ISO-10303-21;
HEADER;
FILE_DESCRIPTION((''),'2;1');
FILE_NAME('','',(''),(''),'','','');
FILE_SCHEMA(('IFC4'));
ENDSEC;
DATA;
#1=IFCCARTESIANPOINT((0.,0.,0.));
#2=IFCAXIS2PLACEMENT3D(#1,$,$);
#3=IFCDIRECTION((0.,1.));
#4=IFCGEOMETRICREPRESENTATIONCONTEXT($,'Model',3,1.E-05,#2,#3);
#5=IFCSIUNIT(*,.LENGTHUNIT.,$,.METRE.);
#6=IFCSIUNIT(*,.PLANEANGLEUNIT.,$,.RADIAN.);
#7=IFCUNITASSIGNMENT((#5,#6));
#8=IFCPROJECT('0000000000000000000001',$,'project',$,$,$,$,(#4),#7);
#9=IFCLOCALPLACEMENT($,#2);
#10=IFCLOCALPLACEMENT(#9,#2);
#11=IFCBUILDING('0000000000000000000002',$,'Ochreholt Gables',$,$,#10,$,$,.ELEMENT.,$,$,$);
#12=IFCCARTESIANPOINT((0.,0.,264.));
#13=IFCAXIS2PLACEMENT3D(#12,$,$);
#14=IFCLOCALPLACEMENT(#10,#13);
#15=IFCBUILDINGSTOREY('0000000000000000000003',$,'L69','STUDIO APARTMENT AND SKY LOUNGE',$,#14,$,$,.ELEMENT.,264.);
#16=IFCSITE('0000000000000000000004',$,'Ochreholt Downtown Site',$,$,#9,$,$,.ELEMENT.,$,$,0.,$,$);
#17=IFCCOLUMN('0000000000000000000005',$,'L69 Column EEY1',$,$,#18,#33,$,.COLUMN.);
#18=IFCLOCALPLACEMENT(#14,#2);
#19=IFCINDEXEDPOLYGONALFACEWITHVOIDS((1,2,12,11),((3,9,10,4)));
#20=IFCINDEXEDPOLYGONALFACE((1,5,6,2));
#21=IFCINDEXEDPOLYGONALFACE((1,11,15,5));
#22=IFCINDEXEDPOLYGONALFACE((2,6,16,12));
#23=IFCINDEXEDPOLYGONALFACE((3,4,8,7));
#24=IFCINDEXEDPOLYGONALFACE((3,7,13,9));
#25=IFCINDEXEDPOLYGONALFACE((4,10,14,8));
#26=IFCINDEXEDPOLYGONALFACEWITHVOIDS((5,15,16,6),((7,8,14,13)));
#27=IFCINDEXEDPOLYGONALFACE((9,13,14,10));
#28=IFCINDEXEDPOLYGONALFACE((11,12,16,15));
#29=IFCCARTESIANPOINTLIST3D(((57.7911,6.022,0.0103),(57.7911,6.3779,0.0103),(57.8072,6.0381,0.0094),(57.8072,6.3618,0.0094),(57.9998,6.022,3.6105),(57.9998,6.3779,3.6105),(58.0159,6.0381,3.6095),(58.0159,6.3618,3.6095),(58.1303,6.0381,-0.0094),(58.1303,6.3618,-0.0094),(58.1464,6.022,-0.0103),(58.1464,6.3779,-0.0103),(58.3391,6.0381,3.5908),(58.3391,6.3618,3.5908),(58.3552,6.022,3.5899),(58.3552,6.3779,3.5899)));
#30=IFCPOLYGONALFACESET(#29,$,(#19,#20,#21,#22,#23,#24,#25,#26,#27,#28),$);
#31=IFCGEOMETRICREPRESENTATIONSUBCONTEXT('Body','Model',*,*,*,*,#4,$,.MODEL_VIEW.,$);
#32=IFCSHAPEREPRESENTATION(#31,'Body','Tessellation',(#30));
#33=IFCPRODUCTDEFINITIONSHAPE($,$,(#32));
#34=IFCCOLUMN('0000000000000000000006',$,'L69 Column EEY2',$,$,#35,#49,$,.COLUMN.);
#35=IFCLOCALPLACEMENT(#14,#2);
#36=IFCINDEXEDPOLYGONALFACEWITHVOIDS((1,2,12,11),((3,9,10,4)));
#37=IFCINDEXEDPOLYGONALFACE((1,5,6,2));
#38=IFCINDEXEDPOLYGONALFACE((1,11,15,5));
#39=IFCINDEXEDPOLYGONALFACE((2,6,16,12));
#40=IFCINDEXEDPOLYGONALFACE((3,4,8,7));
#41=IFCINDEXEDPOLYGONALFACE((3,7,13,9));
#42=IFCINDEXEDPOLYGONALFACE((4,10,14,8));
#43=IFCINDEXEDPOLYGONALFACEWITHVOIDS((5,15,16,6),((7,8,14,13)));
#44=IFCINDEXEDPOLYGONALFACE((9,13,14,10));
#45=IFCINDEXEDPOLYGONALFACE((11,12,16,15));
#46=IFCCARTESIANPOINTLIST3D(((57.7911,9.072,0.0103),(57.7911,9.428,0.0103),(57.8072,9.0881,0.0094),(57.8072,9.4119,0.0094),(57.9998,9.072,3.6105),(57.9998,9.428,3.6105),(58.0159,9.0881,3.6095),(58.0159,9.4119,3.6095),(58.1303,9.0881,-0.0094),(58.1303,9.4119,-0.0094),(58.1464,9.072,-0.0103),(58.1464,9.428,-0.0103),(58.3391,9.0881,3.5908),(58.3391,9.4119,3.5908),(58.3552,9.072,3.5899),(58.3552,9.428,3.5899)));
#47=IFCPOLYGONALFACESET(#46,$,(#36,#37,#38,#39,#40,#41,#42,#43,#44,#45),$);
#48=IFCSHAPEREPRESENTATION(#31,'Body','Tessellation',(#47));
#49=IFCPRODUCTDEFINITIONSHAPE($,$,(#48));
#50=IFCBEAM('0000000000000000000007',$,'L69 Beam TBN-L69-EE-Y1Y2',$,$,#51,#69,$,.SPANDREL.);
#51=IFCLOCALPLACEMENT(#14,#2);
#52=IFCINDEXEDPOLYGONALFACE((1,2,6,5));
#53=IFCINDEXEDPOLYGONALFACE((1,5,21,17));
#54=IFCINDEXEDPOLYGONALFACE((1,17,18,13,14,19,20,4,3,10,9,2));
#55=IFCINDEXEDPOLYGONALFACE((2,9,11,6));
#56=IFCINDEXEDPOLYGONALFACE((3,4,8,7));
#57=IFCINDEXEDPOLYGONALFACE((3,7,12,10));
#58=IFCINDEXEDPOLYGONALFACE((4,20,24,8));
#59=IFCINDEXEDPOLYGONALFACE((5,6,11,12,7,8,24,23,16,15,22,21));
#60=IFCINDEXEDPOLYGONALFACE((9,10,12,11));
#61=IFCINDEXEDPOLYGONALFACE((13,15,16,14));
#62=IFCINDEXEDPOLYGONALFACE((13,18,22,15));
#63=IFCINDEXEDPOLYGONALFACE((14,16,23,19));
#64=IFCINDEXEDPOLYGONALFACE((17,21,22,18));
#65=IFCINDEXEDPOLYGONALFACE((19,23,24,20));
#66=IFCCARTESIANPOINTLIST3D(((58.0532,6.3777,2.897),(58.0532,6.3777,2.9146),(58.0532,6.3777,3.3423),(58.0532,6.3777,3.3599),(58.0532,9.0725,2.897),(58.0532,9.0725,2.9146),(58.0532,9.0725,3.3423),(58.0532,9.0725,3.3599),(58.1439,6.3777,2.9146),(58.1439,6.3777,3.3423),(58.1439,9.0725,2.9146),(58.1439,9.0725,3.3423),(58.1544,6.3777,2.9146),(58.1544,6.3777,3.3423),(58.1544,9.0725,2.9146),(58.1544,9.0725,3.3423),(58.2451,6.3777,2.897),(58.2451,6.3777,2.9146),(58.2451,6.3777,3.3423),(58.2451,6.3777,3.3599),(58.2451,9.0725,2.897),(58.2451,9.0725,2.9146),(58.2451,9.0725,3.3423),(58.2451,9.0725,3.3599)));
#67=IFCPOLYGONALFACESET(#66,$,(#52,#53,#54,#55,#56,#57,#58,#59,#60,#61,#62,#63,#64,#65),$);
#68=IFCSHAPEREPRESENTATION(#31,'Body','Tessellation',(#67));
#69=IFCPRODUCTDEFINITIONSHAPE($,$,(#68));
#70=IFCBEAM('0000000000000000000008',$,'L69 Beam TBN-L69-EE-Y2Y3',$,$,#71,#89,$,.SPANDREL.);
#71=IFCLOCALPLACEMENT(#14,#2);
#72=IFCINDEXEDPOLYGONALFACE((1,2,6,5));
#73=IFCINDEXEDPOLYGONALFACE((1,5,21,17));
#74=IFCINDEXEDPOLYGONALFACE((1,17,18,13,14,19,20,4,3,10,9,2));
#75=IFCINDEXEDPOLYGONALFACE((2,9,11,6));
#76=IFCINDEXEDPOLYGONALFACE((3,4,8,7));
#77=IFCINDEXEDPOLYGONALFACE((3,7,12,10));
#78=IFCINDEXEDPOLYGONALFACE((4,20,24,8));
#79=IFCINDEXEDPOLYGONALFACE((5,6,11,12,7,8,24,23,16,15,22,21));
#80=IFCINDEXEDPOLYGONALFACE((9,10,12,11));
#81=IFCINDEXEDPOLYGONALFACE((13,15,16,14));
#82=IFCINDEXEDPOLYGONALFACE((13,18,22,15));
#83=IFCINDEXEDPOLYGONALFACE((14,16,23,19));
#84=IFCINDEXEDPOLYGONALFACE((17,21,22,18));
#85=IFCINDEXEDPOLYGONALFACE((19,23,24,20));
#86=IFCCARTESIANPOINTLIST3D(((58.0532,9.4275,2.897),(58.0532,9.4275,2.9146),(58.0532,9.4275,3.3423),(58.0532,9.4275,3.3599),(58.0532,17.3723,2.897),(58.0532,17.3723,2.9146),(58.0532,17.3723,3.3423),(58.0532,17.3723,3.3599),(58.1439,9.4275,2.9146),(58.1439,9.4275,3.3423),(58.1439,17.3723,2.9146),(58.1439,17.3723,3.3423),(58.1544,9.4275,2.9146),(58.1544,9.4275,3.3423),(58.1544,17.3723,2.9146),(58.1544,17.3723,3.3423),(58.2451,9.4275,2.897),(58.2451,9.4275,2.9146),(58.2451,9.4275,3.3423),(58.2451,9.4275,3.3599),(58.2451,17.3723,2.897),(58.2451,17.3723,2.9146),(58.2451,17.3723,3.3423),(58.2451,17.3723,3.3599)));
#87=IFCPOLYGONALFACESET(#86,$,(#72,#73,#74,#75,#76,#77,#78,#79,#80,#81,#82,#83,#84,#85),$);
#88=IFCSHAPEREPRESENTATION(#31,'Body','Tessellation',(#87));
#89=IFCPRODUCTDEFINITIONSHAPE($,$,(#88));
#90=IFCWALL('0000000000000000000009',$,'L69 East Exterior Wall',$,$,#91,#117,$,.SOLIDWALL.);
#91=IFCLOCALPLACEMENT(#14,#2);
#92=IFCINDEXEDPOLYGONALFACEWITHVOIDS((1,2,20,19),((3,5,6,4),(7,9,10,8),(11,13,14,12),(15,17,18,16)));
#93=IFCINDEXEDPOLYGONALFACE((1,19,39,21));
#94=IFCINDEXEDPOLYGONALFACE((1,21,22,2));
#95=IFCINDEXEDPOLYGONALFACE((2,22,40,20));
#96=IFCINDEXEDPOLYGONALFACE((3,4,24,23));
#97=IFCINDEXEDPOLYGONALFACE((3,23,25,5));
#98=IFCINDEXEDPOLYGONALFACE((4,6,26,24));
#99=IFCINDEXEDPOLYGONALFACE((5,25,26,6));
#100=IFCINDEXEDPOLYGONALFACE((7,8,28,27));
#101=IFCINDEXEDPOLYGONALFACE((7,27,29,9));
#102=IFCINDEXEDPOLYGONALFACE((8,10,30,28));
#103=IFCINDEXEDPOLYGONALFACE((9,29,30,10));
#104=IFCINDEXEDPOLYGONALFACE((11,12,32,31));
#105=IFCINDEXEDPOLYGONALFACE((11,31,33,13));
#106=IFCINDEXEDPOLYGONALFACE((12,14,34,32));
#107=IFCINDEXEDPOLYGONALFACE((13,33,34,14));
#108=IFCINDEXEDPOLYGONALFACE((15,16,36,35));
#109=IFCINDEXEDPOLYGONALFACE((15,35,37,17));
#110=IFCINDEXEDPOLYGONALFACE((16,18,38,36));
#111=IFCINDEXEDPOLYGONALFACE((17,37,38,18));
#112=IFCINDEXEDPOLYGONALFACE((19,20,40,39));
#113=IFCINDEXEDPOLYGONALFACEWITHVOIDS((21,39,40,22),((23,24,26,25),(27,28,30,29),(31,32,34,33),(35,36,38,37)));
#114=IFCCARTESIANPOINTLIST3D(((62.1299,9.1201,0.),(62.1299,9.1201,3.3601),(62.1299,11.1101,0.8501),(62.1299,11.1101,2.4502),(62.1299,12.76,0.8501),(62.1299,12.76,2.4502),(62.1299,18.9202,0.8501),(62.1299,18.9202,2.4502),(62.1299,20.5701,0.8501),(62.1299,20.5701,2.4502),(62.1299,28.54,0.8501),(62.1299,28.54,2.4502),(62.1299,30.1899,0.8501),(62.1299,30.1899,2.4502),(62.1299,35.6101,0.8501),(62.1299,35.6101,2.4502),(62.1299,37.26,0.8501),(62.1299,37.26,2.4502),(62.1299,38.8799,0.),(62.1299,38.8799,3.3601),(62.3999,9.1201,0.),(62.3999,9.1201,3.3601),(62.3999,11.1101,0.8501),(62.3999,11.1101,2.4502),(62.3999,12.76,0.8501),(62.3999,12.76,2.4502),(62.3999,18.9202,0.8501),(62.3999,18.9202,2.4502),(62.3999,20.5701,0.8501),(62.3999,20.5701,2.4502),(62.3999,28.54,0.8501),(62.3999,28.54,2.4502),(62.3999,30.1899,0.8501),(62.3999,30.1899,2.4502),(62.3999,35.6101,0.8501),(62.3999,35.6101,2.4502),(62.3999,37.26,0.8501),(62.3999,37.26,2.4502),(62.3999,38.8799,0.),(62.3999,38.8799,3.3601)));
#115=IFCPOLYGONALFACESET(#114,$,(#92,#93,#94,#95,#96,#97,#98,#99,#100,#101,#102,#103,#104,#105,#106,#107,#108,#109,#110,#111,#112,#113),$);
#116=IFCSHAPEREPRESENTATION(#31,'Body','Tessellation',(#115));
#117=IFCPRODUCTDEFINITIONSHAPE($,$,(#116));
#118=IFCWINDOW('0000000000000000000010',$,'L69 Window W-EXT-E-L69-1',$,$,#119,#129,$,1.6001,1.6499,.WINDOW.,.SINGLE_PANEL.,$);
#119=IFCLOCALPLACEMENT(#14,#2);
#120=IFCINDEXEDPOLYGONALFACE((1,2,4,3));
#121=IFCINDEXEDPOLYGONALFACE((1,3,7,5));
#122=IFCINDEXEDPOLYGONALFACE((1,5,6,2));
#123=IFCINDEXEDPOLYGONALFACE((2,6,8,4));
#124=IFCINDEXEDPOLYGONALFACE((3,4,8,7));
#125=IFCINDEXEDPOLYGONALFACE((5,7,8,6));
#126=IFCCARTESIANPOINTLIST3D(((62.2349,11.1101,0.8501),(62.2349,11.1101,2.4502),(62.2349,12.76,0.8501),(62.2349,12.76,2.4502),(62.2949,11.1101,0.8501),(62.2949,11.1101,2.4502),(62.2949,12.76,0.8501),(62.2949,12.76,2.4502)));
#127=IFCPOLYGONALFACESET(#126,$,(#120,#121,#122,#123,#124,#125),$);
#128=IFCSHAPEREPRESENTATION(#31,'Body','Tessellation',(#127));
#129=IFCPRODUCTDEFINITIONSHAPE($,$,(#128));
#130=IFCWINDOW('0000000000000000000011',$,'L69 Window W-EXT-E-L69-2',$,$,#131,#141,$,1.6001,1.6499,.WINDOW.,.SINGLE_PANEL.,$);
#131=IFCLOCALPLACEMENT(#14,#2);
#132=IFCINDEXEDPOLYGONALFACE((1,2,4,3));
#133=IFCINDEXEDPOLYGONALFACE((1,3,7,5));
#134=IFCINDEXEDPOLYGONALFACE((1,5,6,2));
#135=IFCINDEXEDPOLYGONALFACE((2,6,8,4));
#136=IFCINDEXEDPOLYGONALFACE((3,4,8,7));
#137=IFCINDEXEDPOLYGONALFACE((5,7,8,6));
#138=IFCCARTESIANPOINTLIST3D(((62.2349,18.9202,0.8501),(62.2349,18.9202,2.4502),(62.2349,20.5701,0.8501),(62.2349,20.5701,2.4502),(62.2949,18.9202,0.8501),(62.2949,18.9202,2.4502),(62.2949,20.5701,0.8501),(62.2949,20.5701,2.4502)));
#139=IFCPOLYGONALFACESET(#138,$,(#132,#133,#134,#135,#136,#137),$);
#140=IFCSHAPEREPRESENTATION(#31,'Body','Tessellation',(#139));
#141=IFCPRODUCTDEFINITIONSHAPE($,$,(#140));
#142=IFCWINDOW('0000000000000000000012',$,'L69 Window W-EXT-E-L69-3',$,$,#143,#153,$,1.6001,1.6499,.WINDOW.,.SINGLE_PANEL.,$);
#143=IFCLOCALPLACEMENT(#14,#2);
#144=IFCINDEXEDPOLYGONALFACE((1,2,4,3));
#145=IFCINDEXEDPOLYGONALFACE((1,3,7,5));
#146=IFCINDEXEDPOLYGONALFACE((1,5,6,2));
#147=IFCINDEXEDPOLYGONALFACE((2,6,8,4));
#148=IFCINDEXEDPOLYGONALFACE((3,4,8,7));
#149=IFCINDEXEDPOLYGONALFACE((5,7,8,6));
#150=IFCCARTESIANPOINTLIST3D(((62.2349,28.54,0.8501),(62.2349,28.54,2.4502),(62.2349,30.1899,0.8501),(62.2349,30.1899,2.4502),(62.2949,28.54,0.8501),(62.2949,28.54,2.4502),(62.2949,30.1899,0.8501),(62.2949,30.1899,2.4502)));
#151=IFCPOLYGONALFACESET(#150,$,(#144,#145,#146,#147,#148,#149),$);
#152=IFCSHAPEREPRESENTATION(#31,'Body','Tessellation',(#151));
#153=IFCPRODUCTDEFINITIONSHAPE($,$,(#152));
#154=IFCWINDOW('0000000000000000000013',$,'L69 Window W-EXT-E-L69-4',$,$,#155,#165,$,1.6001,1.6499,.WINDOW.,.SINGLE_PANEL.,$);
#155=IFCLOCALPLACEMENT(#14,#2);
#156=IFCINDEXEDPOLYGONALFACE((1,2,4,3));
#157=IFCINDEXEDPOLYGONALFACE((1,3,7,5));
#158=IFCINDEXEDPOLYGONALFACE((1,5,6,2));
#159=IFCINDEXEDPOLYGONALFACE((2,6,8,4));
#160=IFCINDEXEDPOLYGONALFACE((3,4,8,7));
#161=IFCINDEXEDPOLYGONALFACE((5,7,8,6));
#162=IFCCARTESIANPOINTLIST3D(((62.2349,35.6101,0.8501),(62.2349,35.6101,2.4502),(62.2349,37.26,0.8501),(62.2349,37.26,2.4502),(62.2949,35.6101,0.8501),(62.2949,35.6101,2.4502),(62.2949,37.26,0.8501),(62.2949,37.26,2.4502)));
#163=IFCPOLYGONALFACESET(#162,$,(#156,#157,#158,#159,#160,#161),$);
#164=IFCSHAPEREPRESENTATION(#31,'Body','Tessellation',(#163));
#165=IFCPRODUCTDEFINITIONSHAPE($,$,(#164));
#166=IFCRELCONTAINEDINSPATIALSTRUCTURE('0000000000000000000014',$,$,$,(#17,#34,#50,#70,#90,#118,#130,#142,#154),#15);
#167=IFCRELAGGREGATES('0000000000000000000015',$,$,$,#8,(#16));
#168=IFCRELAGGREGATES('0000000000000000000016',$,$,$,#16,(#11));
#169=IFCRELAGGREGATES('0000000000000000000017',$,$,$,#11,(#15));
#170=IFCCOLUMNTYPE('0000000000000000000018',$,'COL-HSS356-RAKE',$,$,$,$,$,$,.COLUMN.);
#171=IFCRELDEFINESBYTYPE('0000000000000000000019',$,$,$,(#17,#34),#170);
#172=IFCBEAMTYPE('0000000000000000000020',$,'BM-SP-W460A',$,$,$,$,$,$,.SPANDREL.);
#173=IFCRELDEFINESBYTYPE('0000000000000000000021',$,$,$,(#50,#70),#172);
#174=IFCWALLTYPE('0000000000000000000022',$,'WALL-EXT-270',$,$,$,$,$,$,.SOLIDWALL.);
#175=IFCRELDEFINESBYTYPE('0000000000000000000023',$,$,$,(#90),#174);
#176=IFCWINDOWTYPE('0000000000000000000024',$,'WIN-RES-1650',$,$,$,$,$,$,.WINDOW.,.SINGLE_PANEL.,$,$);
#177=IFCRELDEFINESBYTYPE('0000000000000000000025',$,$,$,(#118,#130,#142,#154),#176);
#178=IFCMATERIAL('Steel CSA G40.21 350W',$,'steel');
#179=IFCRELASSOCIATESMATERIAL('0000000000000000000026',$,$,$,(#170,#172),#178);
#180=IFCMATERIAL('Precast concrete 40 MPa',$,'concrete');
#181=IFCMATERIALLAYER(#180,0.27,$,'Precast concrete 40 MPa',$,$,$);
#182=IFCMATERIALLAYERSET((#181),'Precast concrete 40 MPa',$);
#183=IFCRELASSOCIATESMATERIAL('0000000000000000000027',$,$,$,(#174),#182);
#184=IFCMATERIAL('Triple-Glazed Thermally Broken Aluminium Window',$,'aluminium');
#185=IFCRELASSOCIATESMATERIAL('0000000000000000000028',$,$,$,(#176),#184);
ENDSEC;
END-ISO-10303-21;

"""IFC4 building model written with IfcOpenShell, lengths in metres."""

from ifc_helpers import new_model, si_unit, direction, frame, frame_2d, origin, origin_2d, place, context, subcontext, project, spatial, rectangle, hollow_rectangle, i_section, extrude, material, layer, layer_set, material_profile, profile_set, type_object, element, fill, save


model = new_model("IFC4")

# Units and contexts
model_context = context("Model", 3, precision=1e-05, world=origin(), true_north=direction((0.0, 1.0)))
body_context = subcontext(model_context, "Body", "Model", "MODEL_VIEW")
ifc_project = project(units=[si_unit("LENGTHUNIT", "METRE"), si_unit("PLANEANGLEUNIT", "RADIAN")], contexts=[model_context])

# Site, building, storey
site_placement = place(None, origin())
site = spatial("IfcSite", under=ifc_project, at=site_placement, Name="Ochreholt Downtown Site", CompositionType="ELEMENT", RefElevation=0.0)
building_placement = place(site_placement, origin())
building = spatial("IfcBuilding", under=site, at=building_placement, Name="Ochreholt Gables", CompositionType="ELEMENT")
storey_placement = place(building_placement, frame((0.0, 0.0, 264.0)))
storey = spatial("IfcBuildingStorey", under=building, at=storey_placement, Name="L69", Description="STUDIO APARTMENT AND SKY LOUNGE", CompositionType="ELEMENT", Elevation=264.0)

# Columns
ifc_material_1 = material(Name="Steel CSA G40.21 350W", Category="steel")
ifc_material_profile_1 = material_profile(ifc_material_1, hollow_rectangle(XDim=0.356, YDim=0.356, WallThickness=0.0161, at=origin_2d()), Name="HSS356X356X16")
ifc_profile_set_1 = profile_set([ifc_material_profile_1], Name="Steel CSA G40.21 350W")
column_type = type_object("IfcColumnType", Name="COL-HSS356-RAKE", PredefinedType="COLUMN", material=ifc_profile_set_1)
for number, where, z_axis, x_axis, name in (
    (1, (57.9688, 6.2, 0.0), (0.057885, 0.0, 0.998323), (0.0, 1.0, 0.0), "L69 Column EEY1"),
    (2, (57.9688, 9.25, 0.0), (0.057885, 0.0, 0.998323), (0.0, 1.0, 0.0), "L69 Column EEY2"),
):
    element("IfcColumn", number, at=place(storey_placement, frame(where, z_axis=z_axis, x_axis=x_axis)), inside=storey, type_object=column_type, Name=name, PredefinedType="COLUMN", context=body_context, shape_type="SweptSolid", body=[
        extrude(hollow_rectangle(XDim=0.356, YDim=0.356, WallThickness=0.0161, at=origin_2d()), origin(), (0.0, 0.0, 1.0), 3.6062),
    ])

# Beams
ifc_material_profile_2 = material_profile(ifc_material_1, i_section(OverallWidth=0.1919, OverallDepth=0.4629, WebThickness=0.0105, FlangeThickness=0.0176, at=origin_2d()), Name="W460X89")
ifc_profile_set_2 = profile_set([ifc_material_profile_2], Name="Steel CSA G40.21 350W")
beam_type = type_object("IfcBeamType", Name="BM-SP-W460A", PredefinedType="SPANDREL", material=ifc_profile_set_2)
beam_1_placement = place(storey_placement, frame((58.1492, 6.3777, 3.1284), z_axis=(0.0, 1.0, 0.0), x_axis=(-1.0, 0.0, 0.0)))
element("IfcBeam", 3, at=beam_1_placement, inside=storey, type_object=beam_type, Name="L69 Beam TBN-L69-EE-Y1Y2", PredefinedType="SPANDREL", context=body_context, shape_type="SweptSolid", body=[
    extrude(i_section(OverallWidth=0.1919, OverallDepth=0.4629, WebThickness=0.0105, FlangeThickness=0.0176, at=origin_2d()), origin(), (0.0, 0.0, 1.0), 2.6948),
])
beam_2_placement = place(storey_placement, frame((58.1492, 9.4275, 3.1284), z_axis=(0.0, 1.0, 0.0), x_axis=(-1.0, 0.0, 0.0)))
element("IfcBeam", 4, at=beam_2_placement, inside=storey, type_object=beam_type, Name="L69 Beam TBN-L69-EE-Y2Y3", PredefinedType="SPANDREL", context=body_context, shape_type="SweptSolid", body=[
    extrude(i_section(OverallWidth=0.1919, OverallDepth=0.4629, WebThickness=0.0105, FlangeThickness=0.0176, at=origin_2d()), origin(), (0.0, 0.0, 1.0), 7.9448),
])

# Wall, openings, windows
ifc_material_2 = material(Name="Precast concrete 40 MPa", Category="concrete")
ifc_layer_1 = layer(ifc_material_2, 0.27, Name="Precast concrete 40 MPa")
ifc_layer_set_1 = layer_set([ifc_layer_1], Name="Precast concrete 40 MPa")
wall_type_1 = type_object("IfcWallType", Name="WALL-EXT-270", PredefinedType="SOLIDWALL", material=ifc_layer_set_1)
wall_1_placement = place(storey_placement, frame((62.2649, 9.1201, 0.0), z_axis=(0.0, 0.0, 1.0), x_axis=(0.0, 1.0, 0.0)))
wall_1 = element("IfcWall", 5, at=wall_1_placement, inside=storey, type_object=wall_type_1, Name="L69 East Exterior Wall", PredefinedType="SOLIDWALL", context=body_context, shape_type="SweptSolid", body=[
    extrude(rectangle(XDim=29.7598, YDim=0.27, at=frame_2d((14.8799, 0.0))), origin(), (0.0, 0.0, 1.0), 3.3601),
])
opening_1_placement = place(wall_1_placement, frame((1.99, 0.0, 0.8501)))
opening_1 = element("IfcOpeningElement", 6, at=opening_1_placement, cuts=wall_1, PredefinedType="OPENING", context=body_context, shape_type="SweptSolid", body=[
    extrude(rectangle(XDim=1.6499, YDim=1.6001, at=frame_2d((0.825, 0.8))), frame((0.0, 0.145, 0.0), z_axis=(0.0, -1.0, 0.0), x_axis=(1.0, 0.0, 0.0)), (0.0, 0.0, 1.0), 0.29),
])
opening_2_placement = place(wall_1_placement, frame((9.8, 0.0, 0.8501)))
opening_2 = element("IfcOpeningElement", 7, at=opening_2_placement, cuts=wall_1, PredefinedType="OPENING", context=body_context, shape_type="SweptSolid", body=[
    extrude(rectangle(XDim=1.6499, YDim=1.6001, at=frame_2d((0.825, 0.8))), frame((0.0, 0.145, 0.0), z_axis=(0.0, -1.0, 0.0), x_axis=(1.0, 0.0, 0.0)), (0.0, 0.0, 1.0), 0.29),
])
opening_3_placement = place(wall_1_placement, frame((19.4199, 0.0, 0.8501)))
opening_3 = element("IfcOpeningElement", 8, at=opening_3_placement, cuts=wall_1, PredefinedType="OPENING", context=body_context, shape_type="SweptSolid", body=[
    extrude(rectangle(XDim=1.6499, YDim=1.6001, at=frame_2d((0.825, 0.8))), frame((0.0, 0.145, 0.0), z_axis=(0.0, -1.0, 0.0), x_axis=(1.0, 0.0, 0.0)), (0.0, 0.0, 1.0), 0.29),
])
opening_4_placement = place(wall_1_placement, frame((26.49, 0.0, 0.8501)))
opening_4 = element("IfcOpeningElement", 9, at=opening_4_placement, cuts=wall_1, PredefinedType="OPENING", context=body_context, shape_type="SweptSolid", body=[
    extrude(rectangle(XDim=1.6499, YDim=1.6001, at=frame_2d((0.825, 0.8))), frame((0.0, 0.145, 0.0), z_axis=(0.0, -1.0, 0.0), x_axis=(1.0, 0.0, 0.0)), (0.0, 0.0, 1.0), 0.29),
])
ifc_material_3 = material(Name="Triple-Glazed Thermally Broken Aluminium Window", Category="aluminium")
window_type_1 = type_object("IfcWindowType", Name="WIN-RES-1650", PartitioningType="SINGLE_PANEL", PredefinedType="WINDOW", material=ifc_material_3)
window_1_placement = place(opening_1_placement, origin())
window_1 = element("IfcWindow", 10, at=window_1_placement, inside=storey, type_object=window_type_1, Name="L69 Window W-EXT-E-L69-1", OverallHeight=1.6001, OverallWidth=1.6499, PartitioningType="SINGLE_PANEL", PredefinedType="WINDOW", context=body_context, shape_type="SweptSolid", body=[
    extrude(rectangle(XDim=1.6499, YDim=1.6001, at=frame_2d((0.825, 0.8))), frame((0.0, 0.03, 0.0), z_axis=(0.0, -1.0, 0.0), x_axis=(1.0, 0.0, 0.0)), (0.0, 0.0, 1.0), 0.0601),
])
fill(opening_1, window_1)
window_2_placement = place(opening_2_placement, origin())
window_2 = element("IfcWindow", 11, at=window_2_placement, inside=storey, type_object=window_type_1, Name="L69 Window W-EXT-E-L69-2", OverallHeight=1.6001, OverallWidth=1.6499, PartitioningType="SINGLE_PANEL", PredefinedType="WINDOW", context=body_context, shape_type="SweptSolid", body=[
    extrude(rectangle(XDim=1.6499, YDim=1.6001, at=frame_2d((0.825, 0.8))), frame((0.0, 0.03, 0.0), z_axis=(0.0, -1.0, 0.0), x_axis=(1.0, 0.0, 0.0)), (0.0, 0.0, 1.0), 0.0601),
])
fill(opening_2, window_2)
window_3_placement = place(opening_3_placement, origin())
window_3 = element("IfcWindow", 12, at=window_3_placement, inside=storey, type_object=window_type_1, Name="L69 Window W-EXT-E-L69-3", OverallHeight=1.6001, OverallWidth=1.6499, PartitioningType="SINGLE_PANEL", PredefinedType="WINDOW", context=body_context, shape_type="SweptSolid", body=[
    extrude(rectangle(XDim=1.6499, YDim=1.6001, at=frame_2d((0.825, 0.8))), frame((0.0, 0.03, 0.0), z_axis=(0.0, -1.0, 0.0), x_axis=(1.0, 0.0, 0.0)), (0.0, 0.0, 1.0), 0.0601),
])
fill(opening_3, window_3)
window_4_placement = place(opening_4_placement, origin())
window_4 = element("IfcWindow", 13, at=window_4_placement, inside=storey, type_object=window_type_1, Name="L69 Window W-EXT-E-L69-4", OverallHeight=1.6001, OverallWidth=1.6499, PartitioningType="SINGLE_PANEL", PredefinedType="WINDOW", context=body_context, shape_type="SweptSolid", body=[
    extrude(rectangle(XDim=1.6499, YDim=1.6001, at=frame_2d((0.825, 0.8))), frame((0.0, 0.03, 0.0), z_axis=(0.0, -1.0, 0.0), x_axis=(1.0, 0.0, 0.0)), (0.0, 0.0, 1.0), 0.0601),
])
fill(opening_4, window_4)

save(model, "model.ifc")
